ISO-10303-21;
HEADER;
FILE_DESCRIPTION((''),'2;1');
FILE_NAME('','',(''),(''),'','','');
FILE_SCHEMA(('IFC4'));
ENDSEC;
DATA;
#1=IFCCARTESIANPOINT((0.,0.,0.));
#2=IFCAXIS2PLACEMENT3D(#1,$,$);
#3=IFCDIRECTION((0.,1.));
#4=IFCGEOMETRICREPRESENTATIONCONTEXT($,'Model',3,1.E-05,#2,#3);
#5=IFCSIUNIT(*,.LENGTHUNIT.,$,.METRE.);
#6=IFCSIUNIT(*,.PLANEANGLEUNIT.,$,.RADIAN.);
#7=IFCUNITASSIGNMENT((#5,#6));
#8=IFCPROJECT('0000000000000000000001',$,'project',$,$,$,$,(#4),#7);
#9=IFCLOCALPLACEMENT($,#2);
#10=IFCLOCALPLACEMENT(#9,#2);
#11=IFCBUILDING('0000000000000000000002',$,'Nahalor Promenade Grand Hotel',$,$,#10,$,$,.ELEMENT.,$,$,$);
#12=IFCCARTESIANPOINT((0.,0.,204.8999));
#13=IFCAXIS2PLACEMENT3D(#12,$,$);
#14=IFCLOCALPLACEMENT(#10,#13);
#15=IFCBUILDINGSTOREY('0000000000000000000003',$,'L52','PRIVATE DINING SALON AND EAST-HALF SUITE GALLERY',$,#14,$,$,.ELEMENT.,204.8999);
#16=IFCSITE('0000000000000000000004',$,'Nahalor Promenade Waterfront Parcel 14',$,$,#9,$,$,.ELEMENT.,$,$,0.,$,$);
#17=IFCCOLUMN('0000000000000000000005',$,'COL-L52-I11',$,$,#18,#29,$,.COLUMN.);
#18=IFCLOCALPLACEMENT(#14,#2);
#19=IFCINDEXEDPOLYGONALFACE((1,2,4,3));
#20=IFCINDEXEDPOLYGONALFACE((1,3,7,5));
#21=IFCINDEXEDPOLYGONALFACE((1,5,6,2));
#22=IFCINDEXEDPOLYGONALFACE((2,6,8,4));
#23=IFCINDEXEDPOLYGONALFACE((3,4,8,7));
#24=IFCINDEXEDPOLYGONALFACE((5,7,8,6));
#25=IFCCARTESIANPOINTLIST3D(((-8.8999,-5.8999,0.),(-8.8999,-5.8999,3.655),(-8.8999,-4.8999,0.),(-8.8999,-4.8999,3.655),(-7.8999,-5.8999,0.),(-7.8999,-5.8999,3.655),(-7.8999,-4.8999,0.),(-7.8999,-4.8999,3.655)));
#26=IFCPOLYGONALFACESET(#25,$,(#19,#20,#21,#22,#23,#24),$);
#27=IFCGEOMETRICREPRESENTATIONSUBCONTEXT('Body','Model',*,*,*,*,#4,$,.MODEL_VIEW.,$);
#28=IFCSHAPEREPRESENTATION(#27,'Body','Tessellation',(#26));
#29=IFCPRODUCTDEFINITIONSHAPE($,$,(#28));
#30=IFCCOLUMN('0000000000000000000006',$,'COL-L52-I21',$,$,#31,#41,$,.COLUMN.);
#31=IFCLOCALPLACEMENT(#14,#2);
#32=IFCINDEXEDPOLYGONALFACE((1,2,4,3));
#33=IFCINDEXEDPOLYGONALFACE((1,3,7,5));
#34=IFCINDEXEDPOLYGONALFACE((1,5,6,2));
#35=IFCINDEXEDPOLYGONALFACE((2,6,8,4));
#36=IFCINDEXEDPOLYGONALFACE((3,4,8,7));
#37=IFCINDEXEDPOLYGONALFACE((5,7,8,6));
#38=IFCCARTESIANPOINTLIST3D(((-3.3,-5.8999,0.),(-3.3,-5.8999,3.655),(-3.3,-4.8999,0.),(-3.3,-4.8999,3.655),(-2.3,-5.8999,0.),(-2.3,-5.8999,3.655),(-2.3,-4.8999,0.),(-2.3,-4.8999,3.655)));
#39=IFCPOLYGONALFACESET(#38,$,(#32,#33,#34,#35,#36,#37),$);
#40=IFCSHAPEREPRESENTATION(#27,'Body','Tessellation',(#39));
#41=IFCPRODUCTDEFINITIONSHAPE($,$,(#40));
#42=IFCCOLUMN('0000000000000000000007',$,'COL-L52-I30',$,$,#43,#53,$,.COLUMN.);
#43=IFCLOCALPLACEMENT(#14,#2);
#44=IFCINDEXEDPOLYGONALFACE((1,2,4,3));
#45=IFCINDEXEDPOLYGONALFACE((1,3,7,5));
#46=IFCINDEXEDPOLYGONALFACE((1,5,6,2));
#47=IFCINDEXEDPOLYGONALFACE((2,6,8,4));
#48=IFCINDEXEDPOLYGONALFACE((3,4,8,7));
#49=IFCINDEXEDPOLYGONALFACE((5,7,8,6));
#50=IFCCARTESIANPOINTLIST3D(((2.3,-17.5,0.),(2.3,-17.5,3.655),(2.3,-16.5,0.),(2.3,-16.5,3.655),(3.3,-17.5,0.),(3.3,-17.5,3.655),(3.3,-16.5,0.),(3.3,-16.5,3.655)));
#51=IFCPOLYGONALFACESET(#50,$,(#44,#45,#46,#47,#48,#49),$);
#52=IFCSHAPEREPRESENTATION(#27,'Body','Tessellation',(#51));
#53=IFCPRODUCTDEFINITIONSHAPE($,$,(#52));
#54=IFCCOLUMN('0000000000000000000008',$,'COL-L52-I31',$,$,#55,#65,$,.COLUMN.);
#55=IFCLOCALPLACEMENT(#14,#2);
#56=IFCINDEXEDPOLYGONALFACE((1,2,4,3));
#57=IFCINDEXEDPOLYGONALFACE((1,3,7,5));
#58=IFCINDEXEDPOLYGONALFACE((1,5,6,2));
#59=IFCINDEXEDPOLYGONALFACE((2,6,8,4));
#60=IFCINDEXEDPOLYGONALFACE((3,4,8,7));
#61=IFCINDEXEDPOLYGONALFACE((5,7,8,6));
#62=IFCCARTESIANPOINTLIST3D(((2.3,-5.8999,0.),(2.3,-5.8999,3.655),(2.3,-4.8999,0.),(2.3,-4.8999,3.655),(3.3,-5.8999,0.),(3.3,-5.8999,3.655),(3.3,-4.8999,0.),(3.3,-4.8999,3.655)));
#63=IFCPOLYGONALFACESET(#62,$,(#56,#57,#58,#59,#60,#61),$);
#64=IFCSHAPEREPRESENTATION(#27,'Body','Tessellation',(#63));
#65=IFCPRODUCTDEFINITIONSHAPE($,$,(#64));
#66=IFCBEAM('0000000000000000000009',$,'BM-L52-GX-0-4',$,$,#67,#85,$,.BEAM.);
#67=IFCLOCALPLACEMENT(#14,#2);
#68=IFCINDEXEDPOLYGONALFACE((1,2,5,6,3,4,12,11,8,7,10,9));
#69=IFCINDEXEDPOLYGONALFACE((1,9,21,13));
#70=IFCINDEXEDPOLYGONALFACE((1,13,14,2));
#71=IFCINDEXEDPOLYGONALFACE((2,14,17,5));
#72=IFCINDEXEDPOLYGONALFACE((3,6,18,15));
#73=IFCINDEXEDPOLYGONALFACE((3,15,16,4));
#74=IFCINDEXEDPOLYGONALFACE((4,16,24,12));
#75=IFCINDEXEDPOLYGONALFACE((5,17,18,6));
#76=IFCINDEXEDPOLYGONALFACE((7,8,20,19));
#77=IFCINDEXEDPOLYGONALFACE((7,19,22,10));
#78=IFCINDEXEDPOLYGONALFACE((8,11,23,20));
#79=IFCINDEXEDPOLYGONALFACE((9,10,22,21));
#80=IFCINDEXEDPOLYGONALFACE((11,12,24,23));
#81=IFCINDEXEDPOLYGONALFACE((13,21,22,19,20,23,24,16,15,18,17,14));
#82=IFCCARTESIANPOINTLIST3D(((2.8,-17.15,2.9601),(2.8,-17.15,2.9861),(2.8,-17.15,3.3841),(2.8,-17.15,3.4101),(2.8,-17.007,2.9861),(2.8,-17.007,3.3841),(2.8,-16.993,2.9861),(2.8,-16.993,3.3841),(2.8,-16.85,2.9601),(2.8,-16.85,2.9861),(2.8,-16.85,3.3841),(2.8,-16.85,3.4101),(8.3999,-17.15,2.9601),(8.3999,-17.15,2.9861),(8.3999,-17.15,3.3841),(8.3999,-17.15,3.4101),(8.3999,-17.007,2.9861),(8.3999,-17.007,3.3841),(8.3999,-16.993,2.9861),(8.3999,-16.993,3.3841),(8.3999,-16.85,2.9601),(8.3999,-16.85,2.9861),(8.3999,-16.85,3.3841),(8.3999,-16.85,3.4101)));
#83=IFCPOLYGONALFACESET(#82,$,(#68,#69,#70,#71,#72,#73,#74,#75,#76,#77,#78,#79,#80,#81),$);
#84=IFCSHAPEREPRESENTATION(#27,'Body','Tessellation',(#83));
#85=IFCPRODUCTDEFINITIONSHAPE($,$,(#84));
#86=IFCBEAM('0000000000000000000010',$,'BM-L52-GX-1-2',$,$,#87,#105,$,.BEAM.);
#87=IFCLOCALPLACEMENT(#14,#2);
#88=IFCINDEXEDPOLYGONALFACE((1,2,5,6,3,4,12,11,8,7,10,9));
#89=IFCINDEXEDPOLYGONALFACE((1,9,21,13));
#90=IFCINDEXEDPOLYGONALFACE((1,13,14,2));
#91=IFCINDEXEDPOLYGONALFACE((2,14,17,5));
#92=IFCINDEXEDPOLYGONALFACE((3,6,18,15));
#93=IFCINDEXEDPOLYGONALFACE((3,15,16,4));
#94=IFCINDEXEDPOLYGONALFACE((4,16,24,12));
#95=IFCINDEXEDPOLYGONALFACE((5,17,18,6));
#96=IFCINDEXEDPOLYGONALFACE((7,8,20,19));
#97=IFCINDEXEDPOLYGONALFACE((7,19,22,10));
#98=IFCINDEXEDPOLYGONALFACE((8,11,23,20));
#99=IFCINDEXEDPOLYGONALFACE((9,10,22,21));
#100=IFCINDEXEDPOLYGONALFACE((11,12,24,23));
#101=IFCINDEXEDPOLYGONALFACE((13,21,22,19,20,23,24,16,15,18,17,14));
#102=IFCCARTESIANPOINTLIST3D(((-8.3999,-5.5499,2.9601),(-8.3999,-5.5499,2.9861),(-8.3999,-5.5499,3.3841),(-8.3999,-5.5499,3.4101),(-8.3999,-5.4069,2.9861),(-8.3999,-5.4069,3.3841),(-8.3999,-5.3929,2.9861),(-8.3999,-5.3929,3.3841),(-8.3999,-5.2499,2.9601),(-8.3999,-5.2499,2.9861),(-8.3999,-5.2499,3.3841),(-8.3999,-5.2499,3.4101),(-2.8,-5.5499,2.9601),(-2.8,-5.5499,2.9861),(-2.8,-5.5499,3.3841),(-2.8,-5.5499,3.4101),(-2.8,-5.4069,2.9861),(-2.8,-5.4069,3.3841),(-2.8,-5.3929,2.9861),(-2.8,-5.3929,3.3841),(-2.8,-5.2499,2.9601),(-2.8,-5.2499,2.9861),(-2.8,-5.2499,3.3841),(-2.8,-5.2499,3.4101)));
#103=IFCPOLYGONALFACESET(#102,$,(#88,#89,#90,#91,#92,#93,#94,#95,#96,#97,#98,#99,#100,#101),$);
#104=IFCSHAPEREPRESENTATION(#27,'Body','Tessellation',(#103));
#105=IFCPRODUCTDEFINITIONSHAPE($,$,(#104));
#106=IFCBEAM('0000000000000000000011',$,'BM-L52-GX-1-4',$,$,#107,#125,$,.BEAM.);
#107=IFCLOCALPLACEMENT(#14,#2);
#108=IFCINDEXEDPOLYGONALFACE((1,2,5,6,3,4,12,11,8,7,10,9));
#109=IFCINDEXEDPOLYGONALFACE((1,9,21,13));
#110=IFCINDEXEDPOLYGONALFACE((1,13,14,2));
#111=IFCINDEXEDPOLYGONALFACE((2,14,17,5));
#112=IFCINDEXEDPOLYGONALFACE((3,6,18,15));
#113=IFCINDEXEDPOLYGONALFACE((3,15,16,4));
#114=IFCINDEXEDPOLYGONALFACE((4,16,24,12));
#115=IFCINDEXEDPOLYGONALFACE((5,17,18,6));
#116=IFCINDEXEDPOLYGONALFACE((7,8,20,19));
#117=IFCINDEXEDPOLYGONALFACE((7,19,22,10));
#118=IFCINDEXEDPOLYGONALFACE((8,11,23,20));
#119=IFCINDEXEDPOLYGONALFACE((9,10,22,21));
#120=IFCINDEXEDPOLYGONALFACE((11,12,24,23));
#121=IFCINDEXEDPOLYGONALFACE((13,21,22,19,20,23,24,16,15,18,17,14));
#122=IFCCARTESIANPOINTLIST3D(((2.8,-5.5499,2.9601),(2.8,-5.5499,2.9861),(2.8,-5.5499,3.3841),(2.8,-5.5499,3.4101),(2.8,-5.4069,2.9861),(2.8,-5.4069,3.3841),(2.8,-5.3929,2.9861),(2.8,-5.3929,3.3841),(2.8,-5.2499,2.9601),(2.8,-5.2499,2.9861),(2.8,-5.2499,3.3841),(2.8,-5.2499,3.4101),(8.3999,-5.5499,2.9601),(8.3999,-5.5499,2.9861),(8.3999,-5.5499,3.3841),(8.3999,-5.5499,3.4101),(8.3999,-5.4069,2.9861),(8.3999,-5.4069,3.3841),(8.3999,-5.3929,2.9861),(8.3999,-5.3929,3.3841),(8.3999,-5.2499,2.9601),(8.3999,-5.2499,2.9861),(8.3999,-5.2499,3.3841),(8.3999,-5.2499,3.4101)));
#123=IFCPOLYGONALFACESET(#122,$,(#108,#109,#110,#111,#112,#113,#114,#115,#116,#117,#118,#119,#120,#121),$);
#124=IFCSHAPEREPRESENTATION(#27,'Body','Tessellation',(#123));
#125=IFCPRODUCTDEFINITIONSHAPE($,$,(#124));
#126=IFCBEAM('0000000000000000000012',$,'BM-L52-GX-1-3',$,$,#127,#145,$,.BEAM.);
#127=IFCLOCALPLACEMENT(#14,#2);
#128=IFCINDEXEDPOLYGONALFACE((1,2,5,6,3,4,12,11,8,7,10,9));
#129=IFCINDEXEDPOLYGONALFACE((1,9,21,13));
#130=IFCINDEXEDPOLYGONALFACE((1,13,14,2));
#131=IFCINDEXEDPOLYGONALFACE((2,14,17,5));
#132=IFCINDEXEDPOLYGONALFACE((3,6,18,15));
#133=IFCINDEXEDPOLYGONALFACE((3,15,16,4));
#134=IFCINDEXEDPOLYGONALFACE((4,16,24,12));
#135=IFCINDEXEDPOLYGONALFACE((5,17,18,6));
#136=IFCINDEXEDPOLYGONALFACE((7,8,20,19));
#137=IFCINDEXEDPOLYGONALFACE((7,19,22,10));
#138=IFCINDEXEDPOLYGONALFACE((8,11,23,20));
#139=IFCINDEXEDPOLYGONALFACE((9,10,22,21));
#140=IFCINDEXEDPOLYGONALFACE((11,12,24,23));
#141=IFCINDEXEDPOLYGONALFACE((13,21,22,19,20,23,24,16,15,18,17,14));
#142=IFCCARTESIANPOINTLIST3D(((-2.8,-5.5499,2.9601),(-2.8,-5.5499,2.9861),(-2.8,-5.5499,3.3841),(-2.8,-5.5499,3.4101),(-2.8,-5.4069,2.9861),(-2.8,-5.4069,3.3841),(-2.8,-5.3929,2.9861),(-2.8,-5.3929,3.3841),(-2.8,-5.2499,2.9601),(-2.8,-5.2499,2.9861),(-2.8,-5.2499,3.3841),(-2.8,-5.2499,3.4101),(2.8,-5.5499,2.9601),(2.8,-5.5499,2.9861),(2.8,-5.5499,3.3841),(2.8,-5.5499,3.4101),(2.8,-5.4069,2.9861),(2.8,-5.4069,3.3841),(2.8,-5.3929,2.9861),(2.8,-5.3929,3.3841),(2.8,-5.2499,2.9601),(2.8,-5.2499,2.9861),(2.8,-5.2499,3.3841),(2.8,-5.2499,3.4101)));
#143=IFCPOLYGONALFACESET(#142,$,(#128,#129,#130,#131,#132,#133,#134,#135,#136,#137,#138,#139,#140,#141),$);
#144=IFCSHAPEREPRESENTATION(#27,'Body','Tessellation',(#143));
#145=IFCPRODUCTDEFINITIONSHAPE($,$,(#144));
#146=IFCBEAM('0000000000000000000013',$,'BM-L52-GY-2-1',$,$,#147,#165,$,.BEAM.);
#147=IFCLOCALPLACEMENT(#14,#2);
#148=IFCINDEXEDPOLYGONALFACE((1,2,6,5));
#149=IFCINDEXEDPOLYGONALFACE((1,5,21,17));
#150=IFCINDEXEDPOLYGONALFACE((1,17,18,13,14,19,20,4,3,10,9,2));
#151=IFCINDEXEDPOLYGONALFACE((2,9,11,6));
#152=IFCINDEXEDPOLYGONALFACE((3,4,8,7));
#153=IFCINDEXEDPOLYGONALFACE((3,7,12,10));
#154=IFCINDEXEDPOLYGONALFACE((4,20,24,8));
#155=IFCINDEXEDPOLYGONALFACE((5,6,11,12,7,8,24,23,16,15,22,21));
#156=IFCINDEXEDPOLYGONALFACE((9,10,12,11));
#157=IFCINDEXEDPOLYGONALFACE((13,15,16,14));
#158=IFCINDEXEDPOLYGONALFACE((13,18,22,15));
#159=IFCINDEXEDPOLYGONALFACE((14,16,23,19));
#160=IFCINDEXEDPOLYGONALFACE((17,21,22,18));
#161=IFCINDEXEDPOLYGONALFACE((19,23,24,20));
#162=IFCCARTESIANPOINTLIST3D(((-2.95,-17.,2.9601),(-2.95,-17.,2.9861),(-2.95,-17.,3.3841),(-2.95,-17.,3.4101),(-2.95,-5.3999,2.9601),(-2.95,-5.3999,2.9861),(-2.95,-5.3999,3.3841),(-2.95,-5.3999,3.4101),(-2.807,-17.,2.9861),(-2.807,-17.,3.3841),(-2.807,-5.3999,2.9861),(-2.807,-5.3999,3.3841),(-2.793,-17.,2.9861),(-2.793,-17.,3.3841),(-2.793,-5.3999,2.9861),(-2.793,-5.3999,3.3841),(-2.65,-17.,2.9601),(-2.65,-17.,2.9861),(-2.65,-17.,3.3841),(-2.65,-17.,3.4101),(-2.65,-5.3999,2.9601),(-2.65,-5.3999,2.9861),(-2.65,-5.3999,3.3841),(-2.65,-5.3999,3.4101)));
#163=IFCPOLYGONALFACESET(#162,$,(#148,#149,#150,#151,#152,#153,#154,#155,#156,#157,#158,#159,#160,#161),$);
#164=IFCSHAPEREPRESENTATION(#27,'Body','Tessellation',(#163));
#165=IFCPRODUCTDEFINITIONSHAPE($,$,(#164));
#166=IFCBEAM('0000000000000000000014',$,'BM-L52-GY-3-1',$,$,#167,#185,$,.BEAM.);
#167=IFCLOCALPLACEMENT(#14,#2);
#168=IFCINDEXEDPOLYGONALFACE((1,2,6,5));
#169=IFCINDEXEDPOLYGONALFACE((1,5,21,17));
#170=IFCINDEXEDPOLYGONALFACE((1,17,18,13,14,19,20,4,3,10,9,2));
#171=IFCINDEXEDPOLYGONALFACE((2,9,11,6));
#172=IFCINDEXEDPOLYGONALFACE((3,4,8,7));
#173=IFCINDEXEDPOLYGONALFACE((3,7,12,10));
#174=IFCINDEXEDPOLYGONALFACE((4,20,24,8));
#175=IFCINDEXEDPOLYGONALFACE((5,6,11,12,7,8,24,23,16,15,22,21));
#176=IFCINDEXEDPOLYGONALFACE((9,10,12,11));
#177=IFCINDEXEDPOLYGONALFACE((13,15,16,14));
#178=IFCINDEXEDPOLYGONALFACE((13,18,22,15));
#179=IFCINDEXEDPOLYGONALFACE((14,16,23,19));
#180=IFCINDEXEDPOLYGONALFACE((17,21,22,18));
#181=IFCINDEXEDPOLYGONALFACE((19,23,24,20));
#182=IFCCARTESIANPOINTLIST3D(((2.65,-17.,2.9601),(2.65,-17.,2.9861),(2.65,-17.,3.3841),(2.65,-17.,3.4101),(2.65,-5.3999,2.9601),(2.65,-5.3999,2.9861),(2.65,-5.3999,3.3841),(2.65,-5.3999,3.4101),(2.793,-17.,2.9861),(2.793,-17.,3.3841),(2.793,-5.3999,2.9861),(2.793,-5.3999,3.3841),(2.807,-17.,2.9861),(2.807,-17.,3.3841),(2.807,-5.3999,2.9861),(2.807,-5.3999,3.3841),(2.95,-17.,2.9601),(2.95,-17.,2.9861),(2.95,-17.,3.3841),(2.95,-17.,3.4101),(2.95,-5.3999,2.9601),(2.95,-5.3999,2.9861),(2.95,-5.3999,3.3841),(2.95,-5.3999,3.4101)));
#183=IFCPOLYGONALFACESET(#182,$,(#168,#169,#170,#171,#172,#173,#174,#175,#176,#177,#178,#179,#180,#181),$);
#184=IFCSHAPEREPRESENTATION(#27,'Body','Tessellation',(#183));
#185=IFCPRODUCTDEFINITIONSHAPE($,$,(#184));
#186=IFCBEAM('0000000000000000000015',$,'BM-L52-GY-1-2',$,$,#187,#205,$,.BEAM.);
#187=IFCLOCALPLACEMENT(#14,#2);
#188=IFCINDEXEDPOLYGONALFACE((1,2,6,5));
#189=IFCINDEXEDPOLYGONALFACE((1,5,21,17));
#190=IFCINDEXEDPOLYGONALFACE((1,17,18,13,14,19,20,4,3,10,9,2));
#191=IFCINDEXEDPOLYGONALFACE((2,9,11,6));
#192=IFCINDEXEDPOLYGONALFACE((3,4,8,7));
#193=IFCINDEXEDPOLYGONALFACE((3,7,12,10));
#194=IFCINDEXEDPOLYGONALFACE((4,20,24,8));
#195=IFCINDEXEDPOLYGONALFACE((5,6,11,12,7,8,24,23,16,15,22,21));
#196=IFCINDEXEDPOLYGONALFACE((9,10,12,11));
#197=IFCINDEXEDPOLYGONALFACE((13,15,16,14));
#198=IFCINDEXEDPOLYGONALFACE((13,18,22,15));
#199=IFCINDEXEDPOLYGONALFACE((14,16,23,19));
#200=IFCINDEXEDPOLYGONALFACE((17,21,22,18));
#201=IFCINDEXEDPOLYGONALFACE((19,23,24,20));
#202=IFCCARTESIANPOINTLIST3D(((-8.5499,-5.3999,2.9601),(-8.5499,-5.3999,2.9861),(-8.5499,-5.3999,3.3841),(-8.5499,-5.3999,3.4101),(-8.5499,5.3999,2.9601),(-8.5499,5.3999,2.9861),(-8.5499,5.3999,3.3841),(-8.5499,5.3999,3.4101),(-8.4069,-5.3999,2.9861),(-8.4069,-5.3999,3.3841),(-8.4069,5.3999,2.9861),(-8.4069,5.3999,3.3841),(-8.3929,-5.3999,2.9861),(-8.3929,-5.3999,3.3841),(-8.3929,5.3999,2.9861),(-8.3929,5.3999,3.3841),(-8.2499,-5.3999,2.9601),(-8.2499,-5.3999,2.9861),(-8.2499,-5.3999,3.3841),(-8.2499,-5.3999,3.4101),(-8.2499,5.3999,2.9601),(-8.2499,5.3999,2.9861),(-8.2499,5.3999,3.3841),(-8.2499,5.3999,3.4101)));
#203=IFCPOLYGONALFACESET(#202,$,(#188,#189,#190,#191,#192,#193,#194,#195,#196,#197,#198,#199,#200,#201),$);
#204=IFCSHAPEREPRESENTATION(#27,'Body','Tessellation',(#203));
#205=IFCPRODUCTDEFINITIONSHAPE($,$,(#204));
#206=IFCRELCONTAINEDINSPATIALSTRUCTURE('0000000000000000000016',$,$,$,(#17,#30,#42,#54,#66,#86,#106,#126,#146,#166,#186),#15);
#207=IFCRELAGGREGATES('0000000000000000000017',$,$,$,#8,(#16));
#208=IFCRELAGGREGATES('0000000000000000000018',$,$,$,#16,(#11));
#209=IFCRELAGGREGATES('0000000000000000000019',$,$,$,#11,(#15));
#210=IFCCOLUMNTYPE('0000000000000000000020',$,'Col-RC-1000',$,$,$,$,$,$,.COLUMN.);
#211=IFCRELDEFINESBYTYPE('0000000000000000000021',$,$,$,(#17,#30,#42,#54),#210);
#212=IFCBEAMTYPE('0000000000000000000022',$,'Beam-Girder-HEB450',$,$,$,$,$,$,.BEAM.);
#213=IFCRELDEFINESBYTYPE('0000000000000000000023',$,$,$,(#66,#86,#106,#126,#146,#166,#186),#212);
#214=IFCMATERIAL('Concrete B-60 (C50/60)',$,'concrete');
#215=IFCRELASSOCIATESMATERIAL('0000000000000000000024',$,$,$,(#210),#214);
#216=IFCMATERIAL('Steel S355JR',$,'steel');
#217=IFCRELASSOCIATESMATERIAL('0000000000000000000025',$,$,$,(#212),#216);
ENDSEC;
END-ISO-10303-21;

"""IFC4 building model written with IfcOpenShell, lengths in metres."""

from ifc_helpers import new_model, si_unit, direction, frame, origin, origin_2d, place, context, subcontext, project, spatial, rectangle, i_section, extrude, source, transform, mapped, material, material_profile, profile_set, type_object, element, save


model = new_model("IFC4")

# Units and contexts
model_context = context("Model", 3, precision=1e-05, world=origin(), true_north=direction((0.0, 1.0)))
body_context = subcontext(model_context, "Body", "Model", "MODEL_VIEW")
ifc_project = project(units=[si_unit("LENGTHUNIT", "METRE"), si_unit("PLANEANGLEUNIT", "RADIAN")], contexts=[model_context])

# Site, building, storey
site_placement = place(None, origin())
site = spatial("IfcSite", under=ifc_project, at=site_placement, Name="Nahalor Promenade Waterfront Parcel 14", CompositionType="ELEMENT", RefElevation=0.0)
building_placement = place(site_placement, origin())
building = spatial("IfcBuilding", under=site, at=building_placement, Name="Nahalor Promenade Grand Hotel", CompositionType="ELEMENT")
storey_placement = place(building_placement, frame((0.0, 0.0, 204.8999)))
storey = spatial("IfcBuildingStorey", under=building, at=storey_placement, Name="L52", Description="PRIVATE DINING SALON AND EAST-HALF SUITE GALLERY", CompositionType="ELEMENT", Elevation=204.8999)

# Columns
ifc_material_1 = material(Name="Concrete B-60 (C50/60)", Category="concrete")
ifc_material_profile_1 = material_profile(ifc_material_1, rectangle(XDim=1.0, YDim=1.0, at=origin_2d()), Name="RC 1000x1000")
ifc_profile_set_1 = profile_set([ifc_material_profile_1], Name="Concrete B-60 (C50/60)")
column_type = type_object("IfcColumnType", Name="Col-RC-1000", PredefinedType="COLUMN", material=ifc_profile_set_1)
shared_shape_1 = source(origin(), body_context, "Body", "SweptSolid", [
    extrude(rectangle(XDim=1.0, YDim=1.0, at=origin_2d()), origin(), (0.0, 0.0, 1.0), 3.655),
])
for number, where, z_axis, x_axis, name in (
    (1, (-8.3999, -5.3999, 0.0), (0.0, 0.0, 1.0), (1.0, 0.0, 0.0), "COL-L52-I11"),
    (2, (-2.8, -5.3999, 0.0), (0.0, 0.0, 1.0), (1.0, 0.0, 0.0), "COL-L52-I21"),
    (3, (2.8, -17.0, 0.0), (0.0, 0.0, 1.0), (1.0, 0.0, 0.0), "COL-L52-I30"),
    (4, (2.8, -5.3999, 0.0), (0.0, 0.0, 1.0), (1.0, 0.0, 0.0), "COL-L52-I31"),
):
    element("IfcColumn", number, at=place(storey_placement, frame(where, z_axis=z_axis, x_axis=x_axis)), inside=storey, type_object=column_type, Name=name, PredefinedType="COLUMN", context=body_context, shape_type="MappedRepresentation", body=[
        mapped(shared_shape_1, transform((0.0, 0.0, 0.0), scale=1.0)),
    ])

# Beams
ifc_material_2 = material(Name="Steel S355JR", Category="steel")
ifc_material_profile_2 = material_profile(ifc_material_2, i_section(OverallWidth=0.3, OverallDepth=0.45, WebThickness=0.014, FlangeThickness=0.026, at=origin_2d()), Name="HEB 450")
ifc_profile_set_2 = profile_set([ifc_material_profile_2], Name="Steel S355JR")
beam_type = type_object("IfcBeamType", Name="Beam-Girder-HEB450", PredefinedType="BEAM", material=ifc_profile_set_2)
shared_shape_2 = source(origin(), body_context, "Body", "SweptSolid", [
    extrude(i_section(OverallWidth=0.3, OverallDepth=0.45, WebThickness=0.014, FlangeThickness=0.026, at=origin_2d()), origin(), (0.0, 0.0, 1.0), 5.5999),
])
for number, where, z_axis, x_axis, name in (
    (5, (2.8, -17.0, 3.1851), (1.0, 0.0, 0.0), (0.0, 1.0, 0.0), "BM-L52-GX-0-4"),
    (6, (-8.3999, -5.3999, 3.1851), (1.0, 0.0, 0.0), (0.0, 1.0, 0.0), "BM-L52-GX-1-2"),
    (7, (2.8, -5.3999, 3.1851), (1.0, 0.0, 0.0), (0.0, 1.0, 0.0), "BM-L52-GX-1-4"),
):
    element("IfcBeam", number, at=place(storey_placement, frame(where, z_axis=z_axis, x_axis=x_axis)), inside=storey, type_object=beam_type, Name=name, PredefinedType="BEAM", context=body_context, shape_type="MappedRepresentation", body=[
        mapped(shared_shape_2, transform((0.0, 0.0, 0.0), scale=1.0)),
    ])
shared_shape_3 = source(origin(), body_context, "Body", "SweptSolid", [
    extrude(i_section(OverallWidth=0.3, OverallDepth=0.45, WebThickness=0.014, FlangeThickness=0.026, at=origin_2d()), origin(), (0.0, 0.0, 1.0), 5.6001),
])
beam_placement = place(storey_placement, frame((-2.8, -5.3999, 3.1851), z_axis=(1.0, 0.0, 0.0), x_axis=(0.0, 1.0, 0.0)))
element("IfcBeam", 8, at=beam_placement, inside=storey, type_object=beam_type, Name="BM-L52-GX-1-3", PredefinedType="BEAM", context=body_context, shape_type="MappedRepresentation", body=[
    mapped(shared_shape_3, transform((0.0, 0.0, 0.0), scale=1.0)),
])
shared_shape_4 = source(origin(), body_context, "Body", "SweptSolid", [
    extrude(i_section(OverallWidth=0.3, OverallDepth=0.45, WebThickness=0.014, FlangeThickness=0.026, at=origin_2d()), origin(), (0.0, 0.0, 1.0), 11.6001),
])
for number, where, z_axis, x_axis, name in (
    (9, (-2.8, -17.0, 3.1851), (0.0, 1.0, 0.0), (-1.0, 0.0, 0.0), "BM-L52-GY-2-1"),
    (10, (2.8, -17.0, 3.1851), (0.0, 1.0, 0.0), (-1.0, 0.0, 0.0), "BM-L52-GY-3-1"),
):
    element("IfcBeam", number, at=place(storey_placement, frame(where, z_axis=z_axis, x_axis=x_axis)), inside=storey, type_object=beam_type, Name=name, PredefinedType="BEAM", context=body_context, shape_type="MappedRepresentation", body=[
        mapped(shared_shape_4, transform((0.0, 0.0, 0.0), scale=1.0)),
    ])
shared_shape_5 = source(origin(), body_context, "Body", "SweptSolid", [
    extrude(i_section(OverallWidth=0.3, OverallDepth=0.45, WebThickness=0.014, FlangeThickness=0.026, at=origin_2d()), origin(), (0.0, 0.0, 1.0), 10.7998),
])
for number, where, z_axis, x_axis, name in (
    (11, (-8.3999, -5.3999, 3.1851), (0.0, 1.0, 0.0), (-1.0, 0.0, 0.0), "BM-L52-GY-1-2"),
):
    element("IfcBeam", number, at=place(storey_placement, frame(where, z_axis=z_axis, x_axis=x_axis)), inside=storey, type_object=beam_type, Name=name, PredefinedType="BEAM", context=body_context, shape_type="MappedRepresentation", body=[
        mapped(shared_shape_5, transform((0.0, 0.0, 0.0), scale=1.0)),
    ])

save(model, "model.ifc")
